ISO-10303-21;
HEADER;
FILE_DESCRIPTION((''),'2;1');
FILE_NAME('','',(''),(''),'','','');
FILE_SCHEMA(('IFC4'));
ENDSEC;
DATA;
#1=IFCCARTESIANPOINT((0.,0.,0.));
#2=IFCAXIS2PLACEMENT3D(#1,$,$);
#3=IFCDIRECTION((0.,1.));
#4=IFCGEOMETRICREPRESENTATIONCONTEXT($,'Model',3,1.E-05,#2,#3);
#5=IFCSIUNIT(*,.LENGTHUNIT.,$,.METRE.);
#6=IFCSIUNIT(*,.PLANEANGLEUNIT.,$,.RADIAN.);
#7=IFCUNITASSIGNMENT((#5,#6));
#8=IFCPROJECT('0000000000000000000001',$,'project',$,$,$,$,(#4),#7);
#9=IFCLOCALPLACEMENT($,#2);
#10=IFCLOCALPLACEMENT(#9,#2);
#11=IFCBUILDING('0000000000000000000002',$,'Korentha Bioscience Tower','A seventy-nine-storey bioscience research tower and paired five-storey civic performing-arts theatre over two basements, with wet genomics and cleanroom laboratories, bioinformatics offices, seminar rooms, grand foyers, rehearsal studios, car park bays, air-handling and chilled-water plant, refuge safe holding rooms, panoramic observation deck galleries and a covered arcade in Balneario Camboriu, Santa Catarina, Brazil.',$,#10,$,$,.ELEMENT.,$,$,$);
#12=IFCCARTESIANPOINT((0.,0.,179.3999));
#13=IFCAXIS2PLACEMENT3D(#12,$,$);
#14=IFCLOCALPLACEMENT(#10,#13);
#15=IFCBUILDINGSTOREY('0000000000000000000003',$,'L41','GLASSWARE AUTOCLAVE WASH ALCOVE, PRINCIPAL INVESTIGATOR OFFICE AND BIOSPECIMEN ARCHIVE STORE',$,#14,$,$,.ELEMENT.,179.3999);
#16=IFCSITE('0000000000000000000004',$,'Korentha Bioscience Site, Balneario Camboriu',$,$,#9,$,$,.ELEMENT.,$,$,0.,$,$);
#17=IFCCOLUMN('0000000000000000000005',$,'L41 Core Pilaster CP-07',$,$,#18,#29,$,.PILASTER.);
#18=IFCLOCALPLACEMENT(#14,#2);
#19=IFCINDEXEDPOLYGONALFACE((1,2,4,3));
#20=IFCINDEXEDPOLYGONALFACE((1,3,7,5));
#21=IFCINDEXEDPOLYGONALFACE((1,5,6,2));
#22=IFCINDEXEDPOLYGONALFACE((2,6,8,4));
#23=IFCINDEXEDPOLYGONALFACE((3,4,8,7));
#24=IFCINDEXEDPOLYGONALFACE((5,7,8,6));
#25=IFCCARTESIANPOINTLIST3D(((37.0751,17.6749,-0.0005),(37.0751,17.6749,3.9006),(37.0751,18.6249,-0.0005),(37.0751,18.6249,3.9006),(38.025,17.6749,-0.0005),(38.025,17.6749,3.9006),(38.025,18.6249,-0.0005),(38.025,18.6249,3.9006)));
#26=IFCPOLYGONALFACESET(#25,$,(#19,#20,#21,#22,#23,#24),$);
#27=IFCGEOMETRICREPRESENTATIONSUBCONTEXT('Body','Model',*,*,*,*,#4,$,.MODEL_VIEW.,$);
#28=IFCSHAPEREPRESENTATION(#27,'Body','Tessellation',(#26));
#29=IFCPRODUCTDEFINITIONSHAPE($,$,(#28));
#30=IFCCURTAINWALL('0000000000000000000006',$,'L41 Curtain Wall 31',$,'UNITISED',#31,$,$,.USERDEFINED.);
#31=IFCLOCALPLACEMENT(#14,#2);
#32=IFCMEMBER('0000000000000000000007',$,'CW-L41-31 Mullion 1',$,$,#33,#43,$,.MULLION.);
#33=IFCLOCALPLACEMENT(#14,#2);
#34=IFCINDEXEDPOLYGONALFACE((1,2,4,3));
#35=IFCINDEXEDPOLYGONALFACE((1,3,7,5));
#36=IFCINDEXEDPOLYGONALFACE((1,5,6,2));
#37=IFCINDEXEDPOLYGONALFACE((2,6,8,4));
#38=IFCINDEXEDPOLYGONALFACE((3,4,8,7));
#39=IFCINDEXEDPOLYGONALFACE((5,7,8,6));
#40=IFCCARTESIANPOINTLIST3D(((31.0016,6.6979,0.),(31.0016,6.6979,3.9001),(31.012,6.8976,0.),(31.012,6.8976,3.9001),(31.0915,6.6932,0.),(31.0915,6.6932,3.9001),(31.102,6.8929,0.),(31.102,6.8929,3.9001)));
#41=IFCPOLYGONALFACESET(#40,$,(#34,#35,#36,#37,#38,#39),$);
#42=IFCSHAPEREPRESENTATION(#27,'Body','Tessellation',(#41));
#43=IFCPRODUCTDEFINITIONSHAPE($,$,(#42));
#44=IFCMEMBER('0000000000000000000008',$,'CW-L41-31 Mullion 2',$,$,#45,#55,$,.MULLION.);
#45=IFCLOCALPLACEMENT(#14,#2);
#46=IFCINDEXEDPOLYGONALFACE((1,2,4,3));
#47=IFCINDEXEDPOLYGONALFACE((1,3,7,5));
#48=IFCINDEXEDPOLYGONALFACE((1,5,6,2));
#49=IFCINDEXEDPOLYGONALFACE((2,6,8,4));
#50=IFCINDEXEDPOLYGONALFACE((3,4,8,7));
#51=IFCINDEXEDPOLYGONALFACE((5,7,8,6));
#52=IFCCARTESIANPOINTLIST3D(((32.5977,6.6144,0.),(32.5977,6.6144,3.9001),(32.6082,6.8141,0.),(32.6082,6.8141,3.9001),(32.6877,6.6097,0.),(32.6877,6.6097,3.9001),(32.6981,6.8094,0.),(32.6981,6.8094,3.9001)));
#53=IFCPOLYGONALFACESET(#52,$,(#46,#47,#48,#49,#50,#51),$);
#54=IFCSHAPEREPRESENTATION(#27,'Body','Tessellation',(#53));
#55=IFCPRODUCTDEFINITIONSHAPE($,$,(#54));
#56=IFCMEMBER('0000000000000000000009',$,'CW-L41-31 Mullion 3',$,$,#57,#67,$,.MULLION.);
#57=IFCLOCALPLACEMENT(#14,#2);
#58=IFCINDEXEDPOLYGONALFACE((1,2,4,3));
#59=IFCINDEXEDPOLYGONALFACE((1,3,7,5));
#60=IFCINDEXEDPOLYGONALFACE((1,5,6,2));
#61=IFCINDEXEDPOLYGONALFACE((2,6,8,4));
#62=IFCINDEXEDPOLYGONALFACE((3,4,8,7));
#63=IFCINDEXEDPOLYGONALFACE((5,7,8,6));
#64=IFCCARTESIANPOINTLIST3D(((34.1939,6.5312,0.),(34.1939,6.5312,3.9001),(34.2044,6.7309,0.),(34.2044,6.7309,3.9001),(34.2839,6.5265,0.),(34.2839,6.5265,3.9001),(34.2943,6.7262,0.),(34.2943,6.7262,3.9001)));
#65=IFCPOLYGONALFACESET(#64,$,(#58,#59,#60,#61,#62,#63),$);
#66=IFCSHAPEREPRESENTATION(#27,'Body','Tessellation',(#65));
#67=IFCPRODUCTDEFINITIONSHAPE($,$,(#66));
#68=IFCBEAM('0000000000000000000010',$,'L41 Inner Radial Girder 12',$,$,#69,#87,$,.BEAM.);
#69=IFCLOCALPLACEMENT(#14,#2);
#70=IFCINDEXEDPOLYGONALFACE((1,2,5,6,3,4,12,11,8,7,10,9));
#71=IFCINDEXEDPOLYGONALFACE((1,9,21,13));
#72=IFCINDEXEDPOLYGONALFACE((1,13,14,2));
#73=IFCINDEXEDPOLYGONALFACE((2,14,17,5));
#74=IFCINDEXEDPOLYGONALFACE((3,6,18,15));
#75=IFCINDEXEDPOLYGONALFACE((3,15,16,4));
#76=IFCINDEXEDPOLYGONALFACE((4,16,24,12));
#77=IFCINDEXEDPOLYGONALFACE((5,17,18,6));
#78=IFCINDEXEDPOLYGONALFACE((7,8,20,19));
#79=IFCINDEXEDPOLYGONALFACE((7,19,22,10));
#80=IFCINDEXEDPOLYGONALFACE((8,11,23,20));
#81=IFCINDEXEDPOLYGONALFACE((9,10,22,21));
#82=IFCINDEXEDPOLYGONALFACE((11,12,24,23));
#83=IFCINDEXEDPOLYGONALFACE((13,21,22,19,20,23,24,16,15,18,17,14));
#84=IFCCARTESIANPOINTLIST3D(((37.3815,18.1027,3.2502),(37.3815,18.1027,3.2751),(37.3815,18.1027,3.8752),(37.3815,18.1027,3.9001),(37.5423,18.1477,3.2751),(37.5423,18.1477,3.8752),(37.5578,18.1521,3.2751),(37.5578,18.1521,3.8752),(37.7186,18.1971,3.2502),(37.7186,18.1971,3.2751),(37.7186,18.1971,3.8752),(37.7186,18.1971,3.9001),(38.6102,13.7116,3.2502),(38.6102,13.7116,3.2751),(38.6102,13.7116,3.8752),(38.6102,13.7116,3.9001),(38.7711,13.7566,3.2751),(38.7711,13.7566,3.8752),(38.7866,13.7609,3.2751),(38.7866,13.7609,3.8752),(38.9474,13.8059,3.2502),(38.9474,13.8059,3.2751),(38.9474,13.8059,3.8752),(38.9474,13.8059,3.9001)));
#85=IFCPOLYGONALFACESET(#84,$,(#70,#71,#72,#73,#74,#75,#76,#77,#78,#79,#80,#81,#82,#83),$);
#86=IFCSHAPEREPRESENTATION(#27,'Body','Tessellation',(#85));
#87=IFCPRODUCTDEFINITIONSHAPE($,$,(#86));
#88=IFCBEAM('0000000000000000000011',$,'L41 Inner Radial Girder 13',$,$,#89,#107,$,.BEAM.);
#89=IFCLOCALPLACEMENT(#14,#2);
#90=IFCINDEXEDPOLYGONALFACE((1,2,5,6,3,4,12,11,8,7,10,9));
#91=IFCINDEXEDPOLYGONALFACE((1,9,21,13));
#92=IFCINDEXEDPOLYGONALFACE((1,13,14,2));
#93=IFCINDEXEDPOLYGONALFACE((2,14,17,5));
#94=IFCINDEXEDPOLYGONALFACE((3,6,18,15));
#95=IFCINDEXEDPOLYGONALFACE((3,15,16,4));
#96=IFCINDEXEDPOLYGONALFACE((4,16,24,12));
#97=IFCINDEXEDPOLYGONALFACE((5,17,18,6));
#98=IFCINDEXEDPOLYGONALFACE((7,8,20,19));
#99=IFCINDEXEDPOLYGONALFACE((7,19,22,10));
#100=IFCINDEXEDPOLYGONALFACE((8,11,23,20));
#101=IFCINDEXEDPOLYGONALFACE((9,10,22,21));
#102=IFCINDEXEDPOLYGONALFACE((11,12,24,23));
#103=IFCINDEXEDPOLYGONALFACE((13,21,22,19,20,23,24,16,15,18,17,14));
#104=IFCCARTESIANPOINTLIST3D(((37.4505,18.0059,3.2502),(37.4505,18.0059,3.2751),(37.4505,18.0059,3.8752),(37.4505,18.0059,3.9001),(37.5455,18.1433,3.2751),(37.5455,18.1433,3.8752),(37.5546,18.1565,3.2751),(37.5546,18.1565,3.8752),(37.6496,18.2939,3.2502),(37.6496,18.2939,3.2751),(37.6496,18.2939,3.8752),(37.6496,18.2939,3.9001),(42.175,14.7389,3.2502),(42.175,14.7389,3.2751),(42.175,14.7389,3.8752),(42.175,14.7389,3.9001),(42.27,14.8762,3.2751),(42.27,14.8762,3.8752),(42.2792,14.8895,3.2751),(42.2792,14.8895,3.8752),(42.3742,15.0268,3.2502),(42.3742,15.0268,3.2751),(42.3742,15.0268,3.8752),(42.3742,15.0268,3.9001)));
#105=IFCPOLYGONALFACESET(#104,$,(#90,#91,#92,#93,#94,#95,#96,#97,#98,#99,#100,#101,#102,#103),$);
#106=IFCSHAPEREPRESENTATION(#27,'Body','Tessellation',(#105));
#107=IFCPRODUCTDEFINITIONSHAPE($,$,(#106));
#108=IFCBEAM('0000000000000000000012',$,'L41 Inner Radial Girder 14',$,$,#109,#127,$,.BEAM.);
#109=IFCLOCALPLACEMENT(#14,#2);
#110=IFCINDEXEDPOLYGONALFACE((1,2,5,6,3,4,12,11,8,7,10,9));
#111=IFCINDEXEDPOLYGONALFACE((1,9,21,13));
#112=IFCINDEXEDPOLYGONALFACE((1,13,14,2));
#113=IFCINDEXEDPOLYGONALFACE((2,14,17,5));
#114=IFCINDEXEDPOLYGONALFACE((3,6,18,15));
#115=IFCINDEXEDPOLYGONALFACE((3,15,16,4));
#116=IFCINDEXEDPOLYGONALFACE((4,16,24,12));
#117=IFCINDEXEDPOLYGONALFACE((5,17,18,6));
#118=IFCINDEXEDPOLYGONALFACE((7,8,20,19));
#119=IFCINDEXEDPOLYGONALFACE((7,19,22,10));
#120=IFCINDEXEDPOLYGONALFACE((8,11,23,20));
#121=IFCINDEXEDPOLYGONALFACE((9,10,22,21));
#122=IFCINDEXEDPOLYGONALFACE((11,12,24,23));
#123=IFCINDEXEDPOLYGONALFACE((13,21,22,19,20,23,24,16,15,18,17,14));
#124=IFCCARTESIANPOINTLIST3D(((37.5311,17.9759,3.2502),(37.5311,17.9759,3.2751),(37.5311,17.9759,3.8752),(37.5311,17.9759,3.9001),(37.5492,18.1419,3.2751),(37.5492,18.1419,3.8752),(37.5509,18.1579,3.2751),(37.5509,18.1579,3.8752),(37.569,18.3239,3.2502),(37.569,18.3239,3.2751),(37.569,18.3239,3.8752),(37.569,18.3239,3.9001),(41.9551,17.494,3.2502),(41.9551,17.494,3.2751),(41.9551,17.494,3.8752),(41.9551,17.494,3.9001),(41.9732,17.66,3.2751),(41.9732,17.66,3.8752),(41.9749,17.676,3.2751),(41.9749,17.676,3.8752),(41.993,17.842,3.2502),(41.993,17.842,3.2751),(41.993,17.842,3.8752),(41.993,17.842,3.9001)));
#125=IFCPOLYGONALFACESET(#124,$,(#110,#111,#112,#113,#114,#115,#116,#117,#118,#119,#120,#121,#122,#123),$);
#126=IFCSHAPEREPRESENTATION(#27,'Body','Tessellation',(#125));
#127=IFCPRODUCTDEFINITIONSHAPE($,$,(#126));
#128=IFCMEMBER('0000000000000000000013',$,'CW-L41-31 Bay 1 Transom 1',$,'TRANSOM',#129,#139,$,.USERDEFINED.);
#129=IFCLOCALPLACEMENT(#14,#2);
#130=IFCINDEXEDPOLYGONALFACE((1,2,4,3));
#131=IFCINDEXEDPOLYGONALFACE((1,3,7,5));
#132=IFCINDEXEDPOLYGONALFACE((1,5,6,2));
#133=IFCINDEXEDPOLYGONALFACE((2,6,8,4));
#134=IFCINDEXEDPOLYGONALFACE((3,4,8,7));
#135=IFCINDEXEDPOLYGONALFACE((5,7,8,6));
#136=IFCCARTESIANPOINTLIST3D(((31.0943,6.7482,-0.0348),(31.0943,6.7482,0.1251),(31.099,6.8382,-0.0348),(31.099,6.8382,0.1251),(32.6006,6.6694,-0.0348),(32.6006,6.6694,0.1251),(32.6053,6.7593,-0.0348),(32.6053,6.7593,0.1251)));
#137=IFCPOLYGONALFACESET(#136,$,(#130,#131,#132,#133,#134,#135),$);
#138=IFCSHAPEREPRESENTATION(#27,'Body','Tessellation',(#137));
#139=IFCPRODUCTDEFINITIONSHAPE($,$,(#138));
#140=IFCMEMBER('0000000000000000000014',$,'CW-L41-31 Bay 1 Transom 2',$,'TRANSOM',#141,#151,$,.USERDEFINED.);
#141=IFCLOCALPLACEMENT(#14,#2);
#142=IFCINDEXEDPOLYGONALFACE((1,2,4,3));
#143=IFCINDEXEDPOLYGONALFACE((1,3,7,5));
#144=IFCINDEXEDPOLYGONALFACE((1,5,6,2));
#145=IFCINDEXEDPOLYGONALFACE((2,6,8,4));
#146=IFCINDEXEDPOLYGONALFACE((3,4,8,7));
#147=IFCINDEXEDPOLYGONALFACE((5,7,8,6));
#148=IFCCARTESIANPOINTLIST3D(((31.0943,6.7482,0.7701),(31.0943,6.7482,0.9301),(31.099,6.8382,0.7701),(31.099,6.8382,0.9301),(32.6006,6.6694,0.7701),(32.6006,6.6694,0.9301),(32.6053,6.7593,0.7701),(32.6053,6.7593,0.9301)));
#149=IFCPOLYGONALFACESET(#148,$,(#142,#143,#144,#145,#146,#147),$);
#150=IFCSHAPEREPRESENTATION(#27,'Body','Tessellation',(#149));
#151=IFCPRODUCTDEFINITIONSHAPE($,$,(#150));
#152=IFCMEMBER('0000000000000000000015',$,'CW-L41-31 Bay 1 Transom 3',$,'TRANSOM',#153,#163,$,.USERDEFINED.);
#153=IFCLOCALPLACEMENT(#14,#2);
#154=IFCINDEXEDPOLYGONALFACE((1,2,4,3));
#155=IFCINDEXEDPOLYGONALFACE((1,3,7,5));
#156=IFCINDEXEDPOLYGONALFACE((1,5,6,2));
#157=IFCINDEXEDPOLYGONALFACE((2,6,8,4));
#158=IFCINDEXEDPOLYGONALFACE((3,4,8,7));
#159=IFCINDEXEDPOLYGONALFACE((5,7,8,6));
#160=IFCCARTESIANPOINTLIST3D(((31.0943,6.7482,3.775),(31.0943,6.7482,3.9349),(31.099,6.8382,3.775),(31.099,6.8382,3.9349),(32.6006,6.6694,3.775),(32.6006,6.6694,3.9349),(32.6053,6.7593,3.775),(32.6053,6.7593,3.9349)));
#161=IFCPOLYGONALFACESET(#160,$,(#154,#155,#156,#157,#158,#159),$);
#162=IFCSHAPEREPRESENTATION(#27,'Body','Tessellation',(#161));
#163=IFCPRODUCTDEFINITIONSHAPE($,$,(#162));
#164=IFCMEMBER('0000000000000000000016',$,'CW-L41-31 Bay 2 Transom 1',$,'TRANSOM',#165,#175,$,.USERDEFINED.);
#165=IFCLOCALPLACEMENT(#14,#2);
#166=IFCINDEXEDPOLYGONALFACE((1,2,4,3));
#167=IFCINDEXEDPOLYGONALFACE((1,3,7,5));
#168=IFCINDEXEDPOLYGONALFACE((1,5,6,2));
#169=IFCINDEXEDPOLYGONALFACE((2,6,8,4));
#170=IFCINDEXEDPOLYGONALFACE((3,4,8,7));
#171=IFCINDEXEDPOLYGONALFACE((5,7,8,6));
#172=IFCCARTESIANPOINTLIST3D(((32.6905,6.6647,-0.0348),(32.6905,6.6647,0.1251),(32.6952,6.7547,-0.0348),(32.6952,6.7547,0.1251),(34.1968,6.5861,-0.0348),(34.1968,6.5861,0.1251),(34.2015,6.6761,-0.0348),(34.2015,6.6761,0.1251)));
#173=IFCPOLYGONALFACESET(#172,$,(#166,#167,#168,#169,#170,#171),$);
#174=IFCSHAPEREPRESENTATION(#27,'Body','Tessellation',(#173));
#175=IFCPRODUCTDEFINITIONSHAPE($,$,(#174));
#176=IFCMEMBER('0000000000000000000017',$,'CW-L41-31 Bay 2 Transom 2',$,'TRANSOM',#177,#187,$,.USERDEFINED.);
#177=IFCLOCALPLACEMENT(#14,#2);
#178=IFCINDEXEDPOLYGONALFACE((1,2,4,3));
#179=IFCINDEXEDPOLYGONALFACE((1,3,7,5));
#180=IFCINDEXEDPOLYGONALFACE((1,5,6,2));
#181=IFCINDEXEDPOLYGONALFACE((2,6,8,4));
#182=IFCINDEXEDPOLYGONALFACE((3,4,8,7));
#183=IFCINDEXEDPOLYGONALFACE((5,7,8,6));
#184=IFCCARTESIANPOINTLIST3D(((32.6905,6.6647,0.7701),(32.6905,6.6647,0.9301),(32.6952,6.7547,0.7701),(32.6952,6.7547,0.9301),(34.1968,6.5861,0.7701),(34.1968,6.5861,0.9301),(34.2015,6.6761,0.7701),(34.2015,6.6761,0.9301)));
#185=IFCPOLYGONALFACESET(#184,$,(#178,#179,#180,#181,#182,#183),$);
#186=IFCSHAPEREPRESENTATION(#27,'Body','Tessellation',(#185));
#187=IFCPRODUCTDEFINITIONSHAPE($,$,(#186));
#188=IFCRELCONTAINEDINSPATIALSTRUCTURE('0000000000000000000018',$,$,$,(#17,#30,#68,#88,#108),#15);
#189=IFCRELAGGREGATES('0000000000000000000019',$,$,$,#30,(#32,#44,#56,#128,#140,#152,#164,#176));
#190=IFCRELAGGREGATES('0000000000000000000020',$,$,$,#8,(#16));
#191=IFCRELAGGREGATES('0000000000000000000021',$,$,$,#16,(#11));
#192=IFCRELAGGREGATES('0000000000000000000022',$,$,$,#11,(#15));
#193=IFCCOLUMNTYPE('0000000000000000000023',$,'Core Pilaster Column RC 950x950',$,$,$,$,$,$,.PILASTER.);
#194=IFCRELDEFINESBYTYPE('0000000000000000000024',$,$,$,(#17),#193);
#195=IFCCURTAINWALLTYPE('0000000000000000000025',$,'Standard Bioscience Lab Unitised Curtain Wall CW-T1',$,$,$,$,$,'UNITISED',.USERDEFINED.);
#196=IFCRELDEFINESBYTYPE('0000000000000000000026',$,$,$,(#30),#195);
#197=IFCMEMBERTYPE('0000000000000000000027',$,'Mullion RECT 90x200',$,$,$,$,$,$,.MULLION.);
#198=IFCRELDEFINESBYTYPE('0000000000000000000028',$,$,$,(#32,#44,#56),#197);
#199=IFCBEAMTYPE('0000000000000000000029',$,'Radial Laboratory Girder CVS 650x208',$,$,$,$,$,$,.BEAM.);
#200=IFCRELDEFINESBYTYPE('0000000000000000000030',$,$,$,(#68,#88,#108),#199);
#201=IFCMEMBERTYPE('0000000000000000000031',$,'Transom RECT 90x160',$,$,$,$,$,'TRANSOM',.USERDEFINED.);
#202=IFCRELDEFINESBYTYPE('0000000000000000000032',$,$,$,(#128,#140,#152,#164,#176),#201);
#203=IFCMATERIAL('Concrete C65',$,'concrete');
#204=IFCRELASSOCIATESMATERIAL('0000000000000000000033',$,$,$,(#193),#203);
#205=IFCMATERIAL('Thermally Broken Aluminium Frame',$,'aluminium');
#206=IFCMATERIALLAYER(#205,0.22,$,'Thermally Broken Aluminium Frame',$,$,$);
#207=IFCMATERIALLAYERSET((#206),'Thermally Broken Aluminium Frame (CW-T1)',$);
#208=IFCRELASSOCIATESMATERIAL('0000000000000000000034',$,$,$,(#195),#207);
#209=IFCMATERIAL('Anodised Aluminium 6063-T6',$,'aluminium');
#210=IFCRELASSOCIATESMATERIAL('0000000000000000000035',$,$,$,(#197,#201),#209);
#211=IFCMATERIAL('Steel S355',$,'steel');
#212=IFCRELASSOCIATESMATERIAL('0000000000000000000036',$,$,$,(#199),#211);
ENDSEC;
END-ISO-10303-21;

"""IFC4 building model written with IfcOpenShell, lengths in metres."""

from ifc_helpers import new_model, si_unit, direction, frame, origin, origin_2d, place, context, subcontext, project, spatial, rectangle, i_section, extrude, material, layer, layer_set, material_profile, profile_set, type_object, element, aggregate, save


model = new_model("IFC4")

# Units and contexts
model_context = context("Model", 3, precision=1e-05, world=origin(), true_north=direction((0.0, 1.0)))
body_context = subcontext(model_context, "Body", "Model", "MODEL_VIEW")
ifc_project = project(units=[si_unit("LENGTHUNIT", "METRE"), si_unit("PLANEANGLEUNIT", "RADIAN")], contexts=[model_context])

# Site, building, storey
site_placement = place(None, origin())
site = spatial("IfcSite", under=ifc_project, at=site_placement, Name="Korentha Bioscience Site, Balneario Camboriu", CompositionType="ELEMENT", RefElevation=0.0)
building_placement = place(site_placement, origin())
building = spatial("IfcBuilding", under=site, at=building_placement, Name="Korentha Bioscience Tower", Description="A seventy-nine-storey bioscience research tower and paired five-storey civic performing-arts theatre over two basements, with wet genomics and cleanroom laboratories, bioinformatics offices, seminar rooms, grand foyers, rehearsal studios, car park bays, air-handling and chilled-water plant, refuge safe holding rooms, panoramic observation deck galleries and a covered arcade in Balneario Camboriu, Santa Catarina, Brazil.", CompositionType="ELEMENT")
storey_placement = place(building_placement, frame((0.0, 0.0, 179.3999)))
storey = spatial("IfcBuildingStorey", under=building, at=storey_placement, Name="L41", Description="GLASSWARE AUTOCLAVE WASH ALCOVE, PRINCIPAL INVESTIGATOR OFFICE AND BIOSPECIMEN ARCHIVE STORE", CompositionType="ELEMENT", Elevation=179.3999)

# Column
ifc_material_1 = material(Name="Concrete C65", Category="concrete")
ifc_material_profile_1 = material_profile(ifc_material_1, rectangle(XDim=0.95, YDim=0.95, at=origin_2d()), Name="Concrete C65")
ifc_profile_set_1 = profile_set([ifc_material_profile_1], Name="Concrete C65 (COL-CP09)")
column_type = type_object("IfcColumnType", Name="Core Pilaster Column RC 950x950", PredefinedType="PILASTER", material=ifc_profile_set_1)
column_placement = place(storey_placement, frame((37.55, 18.1499, -0.0005), z_axis=(0.0, 0.0, 1.0), x_axis=(1.0, 0.0, 0.0)))
element("IfcColumn", 1, at=column_placement, inside=storey, type_object=column_type, Name="L41 Core Pilaster CP-07", PredefinedType="PILASTER", context=body_context, shape_type="SweptSolid", body=[
    extrude(rectangle(XDim=0.95, YDim=0.95, at=origin_2d()), origin(), (0.0, 0.0, 1.0), 3.9011),
])

# Curtain wall, members
ifc_material_2 = material(Name="Thermally Broken Aluminium Frame", Category="aluminium")
ifc_layer_1 = layer(ifc_material_2, 0.22, Name="Thermally Broken Aluminium Frame")
ifc_layer_set_1 = layer_set([ifc_layer_1], Name="Thermally Broken Aluminium Frame (CW-T1)")
curtain_wall_type = type_object("IfcCurtainWallType", Name="Standard Bioscience Lab Unitised Curtain Wall CW-T1", ElementType="UNITISED", PredefinedType="USERDEFINED", material=ifc_layer_set_1)
curtain_wall_placement = place(storey_placement, origin())
curtain_wall = element("IfcCurtainWall", 2, at=curtain_wall_placement, inside=storey, type_object=curtain_wall_type, Name="L41 Curtain Wall 31", ObjectType="UNITISED", PredefinedType="USERDEFINED")
ifc_material_3 = material(Name="Anodised Aluminium 6063-T6", Category="aluminium")
ifc_material_profile_2 = material_profile(ifc_material_3, rectangle(XDim=0.0901, YDim=0.2, at=origin_2d()), Name="Anodised Aluminium 6063-T6")
ifc_profile_set_2 = profile_set([ifc_material_profile_2], Name="Anodised Aluminium 6063-T6 (CW-MUL)")
member_type_1 = type_object("IfcMemberType", Name="Mullion RECT 90x200", PredefinedType="MULLION", material=ifc_profile_set_2)
member_1_placement = place(storey_placement, frame((31.0518, 6.7954, 0.0), z_axis=(0.0, 0.0, 1.0), x_axis=(0.998638, -0.05218, 0.0)))
member_1 = element("IfcMember", 3, at=member_1_placement, type_object=member_type_1, Name="CW-L41-31 Mullion 1", PredefinedType="MULLION", context=body_context, shape_type="SweptSolid", body=[
    extrude(rectangle(XDim=0.0901, YDim=0.2, at=origin_2d()), origin(), (0.0, 0.0, 1.0), 3.9001),
])
member_2_placement = place(storey_placement, frame((32.6479, 6.7119, 0.0), z_axis=(0.0, 0.0, 1.0), x_axis=(0.998638, -0.05218, 0.0)))
member_2 = element("IfcMember", 4, at=member_2_placement, type_object=member_type_1, Name="CW-L41-31 Mullion 2", PredefinedType="MULLION", context=body_context, shape_type="SweptSolid", body=[
    extrude(rectangle(XDim=0.0901, YDim=0.2, at=origin_2d()), origin(), (0.0, 0.0, 1.0), 3.9001),
])
member_3_placement = place(storey_placement, frame((34.2441, 6.6287, 0.0), z_axis=(0.0, 0.0, 1.0), x_axis=(0.998638, -0.05218, 0.0)))
member_3 = element("IfcMember", 5, at=member_3_placement, type_object=member_type_1, Name="CW-L41-31 Mullion 3", PredefinedType="MULLION", context=body_context, shape_type="SweptSolid", body=[
    extrude(rectangle(XDim=0.0901, YDim=0.2, at=origin_2d()), origin(), (0.0, 0.0, 1.0), 3.9001),
])

# Beams
ifc_material_4 = material(Name="Steel S355", Category="steel")
ifc_material_profile_3 = material_profile(ifc_material_4, i_section(OverallWidth=0.3501, OverallDepth=0.6499, WebThickness=0.0161, FlangeThickness=0.0249, at=origin_2d()), Name="Steel S355")
ifc_profile_set_3 = profile_set([ifc_material_profile_3], Name="Steel S355 (RB-650)")
beam_type = type_object("IfcBeamType", Name="Radial Laboratory Girder CVS 650x208", PredefinedType="BEAM", material=ifc_profile_set_3)
beam_1_placement = place(storey_placement, frame((37.55, 18.1499, 3.5752), z_axis=(0.269477, -0.963007, 0.0), x_axis=(0.963007, 0.269477, 0.0)))
element("IfcBeam", 6, at=beam_1_placement, inside=storey, type_object=beam_type, Name="L41 Inner Radial Girder 12", PredefinedType="BEAM", context=body_context, shape_type="SweptSolid", body=[
    extrude(i_section(OverallWidth=0.3501, OverallDepth=0.6499, WebThickness=0.0161, FlangeThickness=0.0249, at=origin_2d()), origin(), (0.0, 0.0, 1.0), 4.5598),
])
beam_2_placement = place(storey_placement, frame((37.55, 18.1499, 3.5752), z_axis=(0.822501, -0.568763, 0.0), x_axis=(0.568763, 0.822501, 0.0)))
element("IfcBeam", 7, at=beam_2_placement, inside=storey, type_object=beam_type, Name="L41 Inner Radial Girder 13", PredefinedType="BEAM", context=body_context, shape_type="SweptSolid", body=[
    extrude(i_section(OverallWidth=0.3501, OverallDepth=0.6499, WebThickness=0.0161, FlangeThickness=0.0249, at=origin_2d()), origin(), (0.0, 0.0, 1.0), 5.7441),
])
beam_3_placement = place(storey_placement, frame((37.55, 18.1499, 3.5752), z_axis=(0.994119, -0.108294, 0.0), x_axis=(0.108294, 0.994119, 0.0)))
element("IfcBeam", 8, at=beam_3_placement, inside=storey, type_object=beam_type, Name="L41 Inner Radial Girder 14", PredefinedType="BEAM", context=body_context, shape_type="SweptSolid", body=[
    extrude(i_section(OverallWidth=0.3501, OverallDepth=0.6499, WebThickness=0.0161, FlangeThickness=0.0249, at=origin_2d()), origin(), (0.0, 0.0, 1.0), 4.4502),
])

# Members
ifc_material_profile_4 = material_profile(ifc_material_3, rectangle(XDim=0.0901, YDim=0.1599, at=origin_2d()), Name="Anodised Aluminium 6063-T6")
ifc_profile_set_4 = profile_set([ifc_material_profile_4], Name="Anodised Aluminium 6063-T6 (CW-TRN)")
member_type_2 = type_object("IfcMemberType", Name="Transom RECT 90x160", ElementType="TRANSOM", PredefinedType="USERDEFINED", material=ifc_profile_set_4)
member_4_placement = place(storey_placement, frame((31.0967, 6.7932, 0.0452), z_axis=(0.998633, -0.052278, 0.0), x_axis=(0.052278, 0.998633, 0.0)))
member_4 = element("IfcMember", 9, at=member_4_placement, type_object=member_type_2, Name="CW-L41-31 Bay 1 Transom 1", ObjectType="TRANSOM", PredefinedType="USERDEFINED", context=body_context, shape_type="SweptSolid", body=[
    extrude(rectangle(XDim=0.0901, YDim=0.1599, at=origin_2d()), origin(), (0.0, 0.0, 1.0), 1.5083),
])
member_5_placement = place(storey_placement, frame((31.0967, 6.7932, 0.8501), z_axis=(0.998633, -0.052278, 0.0), x_axis=(0.052278, 0.998633, 0.0)))
member_5 = element("IfcMember", 10, at=member_5_placement, type_object=member_type_2, Name="CW-L41-31 Bay 1 Transom 2", ObjectType="TRANSOM", PredefinedType="USERDEFINED", context=body_context, shape_type="SweptSolid", body=[
    extrude(rectangle(XDim=0.0901, YDim=0.1599, at=origin_2d()), origin(), (0.0, 0.0, 1.0), 1.5083),
])
member_6_placement = place(storey_placement, frame((31.0967, 6.7932, 3.855), z_axis=(0.998633, -0.052278, 0.0), x_axis=(0.052278, 0.998633, 0.0)))
member_6 = element("IfcMember", 11, at=member_6_placement, type_object=member_type_2, Name="CW-L41-31 Bay 1 Transom 3", ObjectType="TRANSOM", PredefinedType="USERDEFINED", context=body_context, shape_type="SweptSolid", body=[
    extrude(rectangle(XDim=0.0901, YDim=0.1599, at=origin_2d()), origin(), (0.0, 0.0, 1.0), 1.5083),
])
member_7_placement = place(storey_placement, frame((32.6929, 6.7097, 0.0452), z_axis=(0.998641, -0.052117, 0.0), x_axis=(0.052117, 0.998641, 0.0)))
member_7 = element("IfcMember", 12, at=member_7_placement, type_object=member_type_2, Name="CW-L41-31 Bay 2 Transom 1", ObjectType="TRANSOM", PredefinedType="USERDEFINED", context=body_context, shape_type="SweptSolid", body=[
    extrude(rectangle(XDim=0.0901, YDim=0.1599, at=origin_2d()), origin(), (0.0, 0.0, 1.0), 1.5083),
])
member_8_placement = place(storey_placement, frame((32.6929, 6.7097, 0.8501), z_axis=(0.998641, -0.052117, 0.0), x_axis=(0.052117, 0.998641, 0.0)))
member_8 = element("IfcMember", 13, at=member_8_placement, type_object=member_type_2, Name="CW-L41-31 Bay 2 Transom 2", ObjectType="TRANSOM", PredefinedType="USERDEFINED", context=body_context, shape_type="SweptSolid", body=[
    extrude(rectangle(XDim=0.0901, YDim=0.1599, at=origin_2d()), origin(), (0.0, 0.0, 1.0), 1.5083),
])

aggregate(curtain_wall, [member_1, member_2, member_3, member_4, member_5, member_6, member_7, member_8])

save(model, "model.ifc")
